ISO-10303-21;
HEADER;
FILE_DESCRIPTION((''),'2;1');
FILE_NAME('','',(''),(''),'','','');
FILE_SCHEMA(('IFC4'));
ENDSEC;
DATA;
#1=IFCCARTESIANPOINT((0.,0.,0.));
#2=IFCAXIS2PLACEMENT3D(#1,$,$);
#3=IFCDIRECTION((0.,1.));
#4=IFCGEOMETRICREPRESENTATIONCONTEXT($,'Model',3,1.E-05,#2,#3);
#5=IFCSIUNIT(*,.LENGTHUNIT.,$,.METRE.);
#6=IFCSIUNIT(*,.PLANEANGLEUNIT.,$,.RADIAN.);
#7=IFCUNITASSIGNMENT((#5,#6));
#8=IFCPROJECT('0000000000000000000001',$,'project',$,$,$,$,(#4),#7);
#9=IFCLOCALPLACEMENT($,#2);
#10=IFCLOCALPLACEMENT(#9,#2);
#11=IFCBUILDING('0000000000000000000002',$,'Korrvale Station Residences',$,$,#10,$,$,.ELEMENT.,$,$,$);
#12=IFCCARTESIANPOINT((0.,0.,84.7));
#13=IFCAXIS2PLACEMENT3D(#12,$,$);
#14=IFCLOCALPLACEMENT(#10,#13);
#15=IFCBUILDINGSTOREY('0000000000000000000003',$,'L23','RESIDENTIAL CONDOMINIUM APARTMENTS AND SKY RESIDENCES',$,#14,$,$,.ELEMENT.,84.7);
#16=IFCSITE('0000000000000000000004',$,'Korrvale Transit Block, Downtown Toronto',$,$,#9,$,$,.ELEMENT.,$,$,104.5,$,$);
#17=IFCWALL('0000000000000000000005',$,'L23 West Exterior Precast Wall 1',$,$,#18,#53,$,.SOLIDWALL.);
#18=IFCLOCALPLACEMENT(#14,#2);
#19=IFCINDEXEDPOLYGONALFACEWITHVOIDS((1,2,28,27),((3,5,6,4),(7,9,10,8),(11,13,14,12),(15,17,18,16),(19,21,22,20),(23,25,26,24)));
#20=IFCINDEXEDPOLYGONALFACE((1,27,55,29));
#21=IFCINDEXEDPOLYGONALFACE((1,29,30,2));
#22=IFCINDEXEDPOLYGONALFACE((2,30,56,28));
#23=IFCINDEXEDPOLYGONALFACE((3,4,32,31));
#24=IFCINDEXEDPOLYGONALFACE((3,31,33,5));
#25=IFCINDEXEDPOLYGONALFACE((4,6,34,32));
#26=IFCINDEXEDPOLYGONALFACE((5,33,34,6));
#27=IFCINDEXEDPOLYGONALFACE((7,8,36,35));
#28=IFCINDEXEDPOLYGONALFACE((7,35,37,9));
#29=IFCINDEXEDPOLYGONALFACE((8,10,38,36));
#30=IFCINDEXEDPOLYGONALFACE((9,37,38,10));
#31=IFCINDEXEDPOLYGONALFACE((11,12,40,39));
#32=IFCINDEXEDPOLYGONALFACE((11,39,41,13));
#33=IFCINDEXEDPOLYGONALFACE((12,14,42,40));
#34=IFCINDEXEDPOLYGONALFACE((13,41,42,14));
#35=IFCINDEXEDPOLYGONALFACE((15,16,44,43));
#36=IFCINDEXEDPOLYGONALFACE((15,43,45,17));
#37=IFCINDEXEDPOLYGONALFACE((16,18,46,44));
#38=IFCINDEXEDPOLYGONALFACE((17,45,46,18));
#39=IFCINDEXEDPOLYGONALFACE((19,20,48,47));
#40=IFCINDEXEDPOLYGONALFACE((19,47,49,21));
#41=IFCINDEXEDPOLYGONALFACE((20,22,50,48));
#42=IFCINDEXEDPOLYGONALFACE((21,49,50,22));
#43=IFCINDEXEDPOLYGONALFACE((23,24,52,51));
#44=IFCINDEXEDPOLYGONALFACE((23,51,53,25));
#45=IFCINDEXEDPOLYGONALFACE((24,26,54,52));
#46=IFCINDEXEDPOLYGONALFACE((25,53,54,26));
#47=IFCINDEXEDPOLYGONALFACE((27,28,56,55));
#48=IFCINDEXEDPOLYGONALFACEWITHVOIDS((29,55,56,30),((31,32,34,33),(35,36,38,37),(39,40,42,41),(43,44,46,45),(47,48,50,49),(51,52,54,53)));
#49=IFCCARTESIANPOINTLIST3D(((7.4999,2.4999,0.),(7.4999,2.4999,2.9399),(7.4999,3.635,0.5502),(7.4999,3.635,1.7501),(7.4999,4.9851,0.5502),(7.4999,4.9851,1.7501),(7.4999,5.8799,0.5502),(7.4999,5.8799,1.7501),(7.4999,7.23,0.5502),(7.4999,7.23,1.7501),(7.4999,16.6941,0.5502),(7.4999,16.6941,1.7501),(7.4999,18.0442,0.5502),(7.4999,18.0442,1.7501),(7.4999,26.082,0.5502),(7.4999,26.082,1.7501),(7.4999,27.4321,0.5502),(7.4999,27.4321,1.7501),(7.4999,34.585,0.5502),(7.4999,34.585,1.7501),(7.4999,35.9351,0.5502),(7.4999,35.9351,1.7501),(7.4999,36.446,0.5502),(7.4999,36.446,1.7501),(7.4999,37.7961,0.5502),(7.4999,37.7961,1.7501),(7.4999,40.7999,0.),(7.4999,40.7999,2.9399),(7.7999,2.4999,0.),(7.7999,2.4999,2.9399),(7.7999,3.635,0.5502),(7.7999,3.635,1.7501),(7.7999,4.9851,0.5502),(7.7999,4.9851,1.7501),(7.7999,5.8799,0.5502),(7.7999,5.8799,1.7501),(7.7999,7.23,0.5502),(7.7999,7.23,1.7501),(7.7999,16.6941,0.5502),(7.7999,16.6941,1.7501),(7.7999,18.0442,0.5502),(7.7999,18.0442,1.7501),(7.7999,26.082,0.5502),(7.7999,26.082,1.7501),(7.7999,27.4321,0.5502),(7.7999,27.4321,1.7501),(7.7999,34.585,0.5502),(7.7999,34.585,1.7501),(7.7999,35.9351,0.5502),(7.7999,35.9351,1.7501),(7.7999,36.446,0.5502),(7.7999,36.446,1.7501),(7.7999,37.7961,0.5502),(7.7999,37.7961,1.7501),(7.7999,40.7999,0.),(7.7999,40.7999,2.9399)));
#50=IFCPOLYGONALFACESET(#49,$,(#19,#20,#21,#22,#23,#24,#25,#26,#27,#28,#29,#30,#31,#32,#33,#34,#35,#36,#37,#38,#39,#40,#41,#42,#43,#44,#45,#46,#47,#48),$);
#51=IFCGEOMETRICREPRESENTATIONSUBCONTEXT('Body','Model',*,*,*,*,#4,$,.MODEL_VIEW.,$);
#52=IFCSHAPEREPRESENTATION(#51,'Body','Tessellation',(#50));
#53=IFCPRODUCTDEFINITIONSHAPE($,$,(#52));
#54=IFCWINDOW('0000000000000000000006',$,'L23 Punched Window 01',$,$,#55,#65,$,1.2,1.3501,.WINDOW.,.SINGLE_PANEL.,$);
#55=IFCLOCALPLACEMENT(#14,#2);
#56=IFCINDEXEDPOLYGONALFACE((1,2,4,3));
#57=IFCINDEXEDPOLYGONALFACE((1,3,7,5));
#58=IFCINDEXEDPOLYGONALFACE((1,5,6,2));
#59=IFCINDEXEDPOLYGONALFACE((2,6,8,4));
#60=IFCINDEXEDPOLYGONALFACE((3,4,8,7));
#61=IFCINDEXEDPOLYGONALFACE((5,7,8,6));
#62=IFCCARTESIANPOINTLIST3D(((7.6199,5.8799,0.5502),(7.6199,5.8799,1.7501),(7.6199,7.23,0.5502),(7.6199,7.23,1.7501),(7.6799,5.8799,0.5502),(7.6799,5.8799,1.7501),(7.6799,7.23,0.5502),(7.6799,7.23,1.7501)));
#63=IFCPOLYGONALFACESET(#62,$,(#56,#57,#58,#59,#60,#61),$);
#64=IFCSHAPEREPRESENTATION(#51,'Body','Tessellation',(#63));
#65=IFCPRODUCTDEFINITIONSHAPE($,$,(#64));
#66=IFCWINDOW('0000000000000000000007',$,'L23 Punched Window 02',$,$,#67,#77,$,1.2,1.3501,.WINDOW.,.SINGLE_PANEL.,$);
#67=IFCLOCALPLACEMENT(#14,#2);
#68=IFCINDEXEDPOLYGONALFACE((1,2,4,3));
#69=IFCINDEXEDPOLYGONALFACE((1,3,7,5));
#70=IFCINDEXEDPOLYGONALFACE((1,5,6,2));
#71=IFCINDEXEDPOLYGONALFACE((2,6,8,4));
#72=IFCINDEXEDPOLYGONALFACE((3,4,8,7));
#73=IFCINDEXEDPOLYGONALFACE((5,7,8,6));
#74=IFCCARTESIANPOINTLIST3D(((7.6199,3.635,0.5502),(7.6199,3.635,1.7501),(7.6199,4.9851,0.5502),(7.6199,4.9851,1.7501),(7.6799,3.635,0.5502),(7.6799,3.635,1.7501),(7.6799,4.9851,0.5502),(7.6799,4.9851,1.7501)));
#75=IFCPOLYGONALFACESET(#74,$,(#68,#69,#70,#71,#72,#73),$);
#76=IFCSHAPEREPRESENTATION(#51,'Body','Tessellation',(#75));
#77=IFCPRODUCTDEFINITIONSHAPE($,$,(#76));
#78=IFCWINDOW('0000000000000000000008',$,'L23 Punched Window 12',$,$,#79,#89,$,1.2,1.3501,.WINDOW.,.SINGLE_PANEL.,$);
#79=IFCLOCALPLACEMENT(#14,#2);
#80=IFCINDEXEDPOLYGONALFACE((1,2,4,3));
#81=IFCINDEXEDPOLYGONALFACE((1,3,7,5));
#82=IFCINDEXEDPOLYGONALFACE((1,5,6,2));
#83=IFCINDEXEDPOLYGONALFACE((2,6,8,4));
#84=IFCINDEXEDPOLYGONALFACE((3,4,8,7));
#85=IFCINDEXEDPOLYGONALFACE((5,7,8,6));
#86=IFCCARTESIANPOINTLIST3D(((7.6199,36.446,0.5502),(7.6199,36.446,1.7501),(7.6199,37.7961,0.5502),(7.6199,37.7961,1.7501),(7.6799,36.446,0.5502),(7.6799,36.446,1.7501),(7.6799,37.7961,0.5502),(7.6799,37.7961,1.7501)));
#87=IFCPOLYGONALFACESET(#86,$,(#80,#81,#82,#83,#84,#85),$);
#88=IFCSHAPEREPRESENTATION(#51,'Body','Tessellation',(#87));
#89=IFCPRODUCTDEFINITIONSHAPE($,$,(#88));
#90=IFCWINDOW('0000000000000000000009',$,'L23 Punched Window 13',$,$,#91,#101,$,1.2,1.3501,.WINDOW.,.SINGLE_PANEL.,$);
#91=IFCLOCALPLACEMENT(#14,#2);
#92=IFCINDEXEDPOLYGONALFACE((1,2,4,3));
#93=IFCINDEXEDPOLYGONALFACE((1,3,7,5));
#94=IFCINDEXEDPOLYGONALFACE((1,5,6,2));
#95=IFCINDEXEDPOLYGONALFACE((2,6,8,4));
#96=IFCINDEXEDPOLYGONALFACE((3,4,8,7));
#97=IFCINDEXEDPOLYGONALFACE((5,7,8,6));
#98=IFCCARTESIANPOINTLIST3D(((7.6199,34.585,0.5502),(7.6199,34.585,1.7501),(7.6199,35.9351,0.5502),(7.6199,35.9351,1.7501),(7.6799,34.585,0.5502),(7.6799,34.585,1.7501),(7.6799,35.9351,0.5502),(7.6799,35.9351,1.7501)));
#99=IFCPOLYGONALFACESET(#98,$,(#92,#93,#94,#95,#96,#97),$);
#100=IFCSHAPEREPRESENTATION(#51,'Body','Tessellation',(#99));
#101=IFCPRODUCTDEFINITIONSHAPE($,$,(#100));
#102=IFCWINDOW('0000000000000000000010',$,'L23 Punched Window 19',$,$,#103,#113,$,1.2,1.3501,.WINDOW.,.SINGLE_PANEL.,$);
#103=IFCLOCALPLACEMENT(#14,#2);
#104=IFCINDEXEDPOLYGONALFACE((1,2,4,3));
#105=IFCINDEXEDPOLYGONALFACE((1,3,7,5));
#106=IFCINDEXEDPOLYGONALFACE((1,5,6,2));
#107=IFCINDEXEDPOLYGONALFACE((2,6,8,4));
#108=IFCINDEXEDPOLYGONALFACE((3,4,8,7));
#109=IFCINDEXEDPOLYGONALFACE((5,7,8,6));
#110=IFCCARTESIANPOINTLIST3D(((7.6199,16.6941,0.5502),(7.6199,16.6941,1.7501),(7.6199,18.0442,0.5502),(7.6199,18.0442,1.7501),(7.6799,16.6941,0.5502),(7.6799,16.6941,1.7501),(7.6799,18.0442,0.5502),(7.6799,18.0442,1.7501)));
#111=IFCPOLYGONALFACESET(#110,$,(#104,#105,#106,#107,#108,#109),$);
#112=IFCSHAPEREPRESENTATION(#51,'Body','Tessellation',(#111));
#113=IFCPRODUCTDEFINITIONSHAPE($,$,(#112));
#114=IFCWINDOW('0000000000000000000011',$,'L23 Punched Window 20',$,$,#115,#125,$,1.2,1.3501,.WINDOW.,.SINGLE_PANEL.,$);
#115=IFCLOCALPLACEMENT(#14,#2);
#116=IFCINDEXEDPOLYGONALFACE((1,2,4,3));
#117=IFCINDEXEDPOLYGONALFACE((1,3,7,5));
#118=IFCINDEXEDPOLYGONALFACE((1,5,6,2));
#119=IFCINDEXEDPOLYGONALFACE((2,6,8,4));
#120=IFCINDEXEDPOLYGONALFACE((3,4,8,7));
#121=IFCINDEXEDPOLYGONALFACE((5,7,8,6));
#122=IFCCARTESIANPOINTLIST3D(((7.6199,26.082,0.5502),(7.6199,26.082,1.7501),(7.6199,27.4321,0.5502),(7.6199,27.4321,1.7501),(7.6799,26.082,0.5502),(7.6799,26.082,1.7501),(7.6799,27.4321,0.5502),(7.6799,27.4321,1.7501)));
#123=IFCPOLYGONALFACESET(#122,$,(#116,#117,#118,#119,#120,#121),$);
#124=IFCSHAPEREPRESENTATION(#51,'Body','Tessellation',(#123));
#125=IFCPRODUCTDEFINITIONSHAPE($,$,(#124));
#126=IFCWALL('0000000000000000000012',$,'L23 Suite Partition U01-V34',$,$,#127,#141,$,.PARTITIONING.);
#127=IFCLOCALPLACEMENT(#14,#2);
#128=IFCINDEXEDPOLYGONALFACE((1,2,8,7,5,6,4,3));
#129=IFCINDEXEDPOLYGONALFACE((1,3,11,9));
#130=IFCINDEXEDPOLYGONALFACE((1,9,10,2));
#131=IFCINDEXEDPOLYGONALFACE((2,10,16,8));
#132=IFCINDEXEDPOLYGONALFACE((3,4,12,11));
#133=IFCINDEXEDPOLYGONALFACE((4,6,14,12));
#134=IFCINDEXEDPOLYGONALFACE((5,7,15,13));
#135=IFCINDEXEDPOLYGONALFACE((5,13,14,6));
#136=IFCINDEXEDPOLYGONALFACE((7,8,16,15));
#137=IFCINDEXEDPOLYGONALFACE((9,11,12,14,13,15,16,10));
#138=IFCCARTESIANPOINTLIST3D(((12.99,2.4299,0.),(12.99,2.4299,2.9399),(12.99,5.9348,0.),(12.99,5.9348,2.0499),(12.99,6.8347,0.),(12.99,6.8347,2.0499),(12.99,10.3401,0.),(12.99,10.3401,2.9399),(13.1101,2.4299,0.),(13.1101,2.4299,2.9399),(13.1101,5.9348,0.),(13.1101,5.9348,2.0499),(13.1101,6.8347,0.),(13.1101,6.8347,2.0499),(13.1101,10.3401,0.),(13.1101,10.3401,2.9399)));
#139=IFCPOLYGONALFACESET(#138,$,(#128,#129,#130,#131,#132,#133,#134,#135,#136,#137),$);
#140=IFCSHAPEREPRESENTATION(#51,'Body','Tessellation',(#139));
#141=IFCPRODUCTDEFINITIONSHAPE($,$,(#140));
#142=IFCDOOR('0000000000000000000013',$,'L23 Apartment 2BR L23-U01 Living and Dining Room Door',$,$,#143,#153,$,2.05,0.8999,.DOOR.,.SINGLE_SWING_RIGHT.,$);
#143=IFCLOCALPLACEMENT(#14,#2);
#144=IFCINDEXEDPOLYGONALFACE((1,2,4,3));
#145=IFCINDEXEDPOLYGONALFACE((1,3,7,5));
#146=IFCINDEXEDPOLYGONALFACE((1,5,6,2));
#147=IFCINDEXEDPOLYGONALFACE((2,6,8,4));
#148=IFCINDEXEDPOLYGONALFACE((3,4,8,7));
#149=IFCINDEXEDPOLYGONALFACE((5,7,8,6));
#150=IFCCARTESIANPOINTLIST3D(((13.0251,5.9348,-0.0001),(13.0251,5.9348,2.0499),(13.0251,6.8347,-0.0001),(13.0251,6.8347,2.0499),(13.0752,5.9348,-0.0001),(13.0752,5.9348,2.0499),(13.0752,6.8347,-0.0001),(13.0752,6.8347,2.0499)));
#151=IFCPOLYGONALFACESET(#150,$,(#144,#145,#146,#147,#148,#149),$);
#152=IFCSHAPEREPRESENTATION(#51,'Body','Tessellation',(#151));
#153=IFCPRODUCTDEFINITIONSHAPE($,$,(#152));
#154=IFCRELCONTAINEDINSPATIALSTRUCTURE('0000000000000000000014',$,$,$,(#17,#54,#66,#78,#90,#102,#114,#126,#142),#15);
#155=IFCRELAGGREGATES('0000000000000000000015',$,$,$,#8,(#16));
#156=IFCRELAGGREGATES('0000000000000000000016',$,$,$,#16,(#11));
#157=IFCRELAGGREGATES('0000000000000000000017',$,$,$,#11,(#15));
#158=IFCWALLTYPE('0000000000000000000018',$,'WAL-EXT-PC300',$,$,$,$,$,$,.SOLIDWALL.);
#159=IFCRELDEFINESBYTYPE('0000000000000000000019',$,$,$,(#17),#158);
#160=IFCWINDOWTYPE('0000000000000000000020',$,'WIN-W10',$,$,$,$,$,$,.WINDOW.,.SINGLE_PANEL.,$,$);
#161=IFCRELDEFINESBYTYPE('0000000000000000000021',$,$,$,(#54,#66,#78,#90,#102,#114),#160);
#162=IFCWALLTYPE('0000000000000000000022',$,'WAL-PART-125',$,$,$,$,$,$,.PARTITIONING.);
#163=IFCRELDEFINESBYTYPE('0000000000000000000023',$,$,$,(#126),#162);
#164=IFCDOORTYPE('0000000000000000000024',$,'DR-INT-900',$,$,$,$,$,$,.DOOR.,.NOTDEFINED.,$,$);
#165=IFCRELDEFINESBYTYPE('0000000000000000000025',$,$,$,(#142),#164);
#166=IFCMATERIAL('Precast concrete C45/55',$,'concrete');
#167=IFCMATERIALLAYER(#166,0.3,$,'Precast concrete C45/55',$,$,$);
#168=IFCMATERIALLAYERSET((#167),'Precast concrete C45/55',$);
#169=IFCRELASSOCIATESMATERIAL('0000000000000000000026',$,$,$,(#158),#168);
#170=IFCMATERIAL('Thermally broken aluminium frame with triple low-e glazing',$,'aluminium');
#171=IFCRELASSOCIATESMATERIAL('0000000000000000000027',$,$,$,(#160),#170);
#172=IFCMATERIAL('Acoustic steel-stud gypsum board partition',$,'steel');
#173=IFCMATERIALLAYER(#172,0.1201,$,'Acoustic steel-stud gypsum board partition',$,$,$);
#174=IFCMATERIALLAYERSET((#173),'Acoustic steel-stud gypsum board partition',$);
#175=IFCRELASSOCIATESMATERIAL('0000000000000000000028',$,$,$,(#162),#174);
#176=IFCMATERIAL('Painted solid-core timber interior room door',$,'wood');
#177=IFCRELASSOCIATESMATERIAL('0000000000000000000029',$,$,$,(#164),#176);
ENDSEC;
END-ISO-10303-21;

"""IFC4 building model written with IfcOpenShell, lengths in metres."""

from ifc_helpers import new_model, si_unit, direction, frame, frame_2d, origin, place, context, subcontext, project, spatial, rectangle, extrude, material, layer, layer_set, type_object, element, fill, save


model = new_model("IFC4")

# Units and contexts
model_context = context("Model", 3, precision=1e-05, world=origin(), true_north=direction((0.0, 1.0)))
body_context = subcontext(model_context, "Body", "Model", "MODEL_VIEW")
ifc_project = project(units=[si_unit("LENGTHUNIT", "METRE"), si_unit("PLANEANGLEUNIT", "RADIAN")], contexts=[model_context])

# Site, building, storey
site_placement = place(None, origin())
site = spatial("IfcSite", under=ifc_project, at=site_placement, Name="Korrvale Transit Block, Downtown Toronto", CompositionType="ELEMENT", RefElevation=104.5)
building_placement = place(site_placement, origin())
building = spatial("IfcBuilding", under=site, at=building_placement, Name="Korrvale Station Residences", CompositionType="ELEMENT")
storey_placement = place(building_placement, frame((0.0, 0.0, 84.7)))
storey = spatial("IfcBuildingStorey", under=building, at=storey_placement, Name="L23", Description="RESIDENTIAL CONDOMINIUM APARTMENTS AND SKY RESIDENCES", CompositionType="ELEMENT", Elevation=84.7)

# Shared definitions
ifc_material_1 = material(Name="Precast concrete C45/55", Category="concrete")
ifc_layer_1 = layer(ifc_material_1, 0.3, Name="Precast concrete C45/55")
ifc_layer_set_1 = layer_set([ifc_layer_1], Name="Precast concrete C45/55")
wall_type_1 = type_object("IfcWallType", Name="WAL-EXT-PC300", PredefinedType="SOLIDWALL", material=ifc_layer_set_1)

# Wall, openings, windows
wall_1_placement = place(storey_placement, frame((7.6499, 2.5, 0.0), z_axis=(0.0, 0.0, 1.0), x_axis=(0.0, 1.0, 0.0)))
wall_1 = element("IfcWall", 1, at=wall_1_placement, inside=storey, type_object=wall_type_1, Name="L23 West Exterior Precast Wall 1", PredefinedType="SOLIDWALL", context=body_context, shape_type="SweptSolid", body=[
    extrude(rectangle(XDim=38.3, YDim=0.3, at=frame_2d((19.1499, 0.0))), origin(), (0.0, 0.0, 1.0), 2.9399),
])
opening_1_placement = place(wall_1_placement, frame((3.3799, 0.0, 0.55)))
opening_1 = element("IfcOpeningElement", 2, at=opening_1_placement, cuts=wall_1, PredefinedType="OPENING", context=body_context, shape_type="SweptSolid", body=[
    extrude(rectangle(XDim=1.3501, YDim=1.2, at=frame_2d((0.675, 0.6001))), frame((0.0, 0.1602, 0.0), z_axis=(0.0, -1.0, 0.0), x_axis=(1.0, 0.0, 0.0)), (0.0, 0.0, 1.0), 0.3201),
])
opening_2_placement = place(wall_1_placement, frame((1.135, 0.0, 0.55)))
opening_2 = element("IfcOpeningElement", 3, at=opening_2_placement, cuts=wall_1, PredefinedType="OPENING", context=body_context, shape_type="SweptSolid", body=[
    extrude(rectangle(XDim=1.3501, YDim=1.2, at=frame_2d((0.675, 0.6001))), frame((0.0, 0.1602, 0.0), z_axis=(0.0, -1.0, 0.0), x_axis=(1.0, 0.0, 0.0)), (0.0, 0.0, 1.0), 0.3201),
])
opening_3_placement = place(wall_1_placement, frame((33.946, 0.0, 0.55)))
opening_3 = element("IfcOpeningElement", 4, at=opening_3_placement, cuts=wall_1, PredefinedType="OPENING", context=body_context, shape_type="SweptSolid", body=[
    extrude(rectangle(XDim=1.3501, YDim=1.2, at=frame_2d((0.675, 0.6001))), frame((0.0, 0.1602, 0.0), z_axis=(0.0, -1.0, 0.0), x_axis=(1.0, 0.0, 0.0)), (0.0, 0.0, 1.0), 0.3201),
])
opening_4_placement = place(wall_1_placement, frame((32.085, 0.0, 0.55)))
opening_4 = element("IfcOpeningElement", 5, at=opening_4_placement, cuts=wall_1, PredefinedType="OPENING", context=body_context, shape_type="SweptSolid", body=[
    extrude(rectangle(XDim=1.3501, YDim=1.2, at=frame_2d((0.675, 0.6001))), frame((0.0, 0.1602, 0.0), z_axis=(0.0, -1.0, 0.0), x_axis=(1.0, 0.0, 0.0)), (0.0, 0.0, 1.0), 0.3201),
])
opening_5_placement = place(wall_1_placement, frame((14.1941, 0.0, 0.55)))
opening_5 = element("IfcOpeningElement", 6, at=opening_5_placement, cuts=wall_1, PredefinedType="OPENING", context=body_context, shape_type="SweptSolid", body=[
    extrude(rectangle(XDim=1.3501, YDim=1.2, at=frame_2d((0.675, 0.6001))), frame((0.0, 0.1602, 0.0), z_axis=(0.0, -1.0, 0.0), x_axis=(1.0, 0.0, 0.0)), (0.0, 0.0, 1.0), 0.3201),
])
opening_6_placement = place(wall_1_placement, frame((23.582, 0.0, 0.55)))
opening_6 = element("IfcOpeningElement", 7, at=opening_6_placement, cuts=wall_1, PredefinedType="OPENING", context=body_context, shape_type="SweptSolid", body=[
    extrude(rectangle(XDim=1.3501, YDim=1.2, at=frame_2d((0.675, 0.6001))), frame((0.0, 0.1602, 0.0), z_axis=(0.0, -1.0, 0.0), x_axis=(1.0, 0.0, 0.0)), (0.0, 0.0, 1.0), 0.3201),
])
ifc_material_2 = material(Name="Thermally broken aluminium frame with triple low-e glazing", Category="aluminium")
window_type = type_object("IfcWindowType", Name="WIN-W10", PartitioningType="SINGLE_PANEL", PredefinedType="WINDOW", material=ifc_material_2)
window_1_placement = place(opening_1_placement, origin())
window_1 = element("IfcWindow", 8, at=window_1_placement, inside=storey, type_object=window_type, Name="L23 Punched Window 01", OverallHeight=1.2, OverallWidth=1.3501, PartitioningType="SINGLE_PANEL", PredefinedType="WINDOW", context=body_context, shape_type="SweptSolid", body=[
    extrude(rectangle(XDim=1.3501, YDim=1.2, at=frame_2d((0.675, 0.6001))), frame((0.0, 0.03, 0.0), z_axis=(0.0, -1.0, 0.0), x_axis=(1.0, 0.0, 0.0)), (0.0, 0.0, 1.0), 0.0601),
])
fill(opening_1, window_1)
window_2_placement = place(opening_2_placement, origin())
window_2 = element("IfcWindow", 9, at=window_2_placement, inside=storey, type_object=window_type, Name="L23 Punched Window 02", OverallHeight=1.2, OverallWidth=1.3501, PartitioningType="SINGLE_PANEL", PredefinedType="WINDOW", context=body_context, shape_type="SweptSolid", body=[
    extrude(rectangle(XDim=1.3501, YDim=1.2, at=frame_2d((0.675, 0.6001))), frame((0.0, 0.03, 0.0), z_axis=(0.0, -1.0, 0.0), x_axis=(1.0, 0.0, 0.0)), (0.0, 0.0, 1.0), 0.0601),
])
fill(opening_2, window_2)
window_3_placement = place(opening_3_placement, origin())
window_3 = element("IfcWindow", 10, at=window_3_placement, inside=storey, type_object=window_type, Name="L23 Punched Window 12", OverallHeight=1.2, OverallWidth=1.3501, PartitioningType="SINGLE_PANEL", PredefinedType="WINDOW", context=body_context, shape_type="SweptSolid", body=[
    extrude(rectangle(XDim=1.3501, YDim=1.2, at=frame_2d((0.675, 0.6001))), frame((0.0, 0.03, 0.0), z_axis=(0.0, -1.0, 0.0), x_axis=(1.0, 0.0, 0.0)), (0.0, 0.0, 1.0), 0.0601),
])
fill(opening_3, window_3)
window_4_placement = place(opening_4_placement, origin())
window_4 = element("IfcWindow", 11, at=window_4_placement, inside=storey, type_object=window_type, Name="L23 Punched Window 13", OverallHeight=1.2, OverallWidth=1.3501, PartitioningType="SINGLE_PANEL", PredefinedType="WINDOW", context=body_context, shape_type="SweptSolid", body=[
    extrude(rectangle(XDim=1.3501, YDim=1.2, at=frame_2d((0.675, 0.6001))), frame((0.0, 0.03, 0.0), z_axis=(0.0, -1.0, 0.0), x_axis=(1.0, 0.0, 0.0)), (0.0, 0.0, 1.0), 0.0601),
])
fill(opening_4, window_4)
window_5_placement = place(opening_5_placement, origin())
window_5 = element("IfcWindow", 12, at=window_5_placement, inside=storey, type_object=window_type, Name="L23 Punched Window 19", OverallHeight=1.2, OverallWidth=1.3501, PartitioningType="SINGLE_PANEL", PredefinedType="WINDOW", context=body_context, shape_type="SweptSolid", body=[
    extrude(rectangle(XDim=1.3501, YDim=1.2, at=frame_2d((0.675, 0.6001))), frame((0.0, 0.03, 0.0), z_axis=(0.0, -1.0, 0.0), x_axis=(1.0, 0.0, 0.0)), (0.0, 0.0, 1.0), 0.0601),
])
fill(opening_5, window_5)
window_6_placement = place(opening_6_placement, origin())
window_6 = element("IfcWindow", 13, at=window_6_placement, inside=storey, type_object=window_type, Name="L23 Punched Window 20", OverallHeight=1.2, OverallWidth=1.3501, PartitioningType="SINGLE_PANEL", PredefinedType="WINDOW", context=body_context, shape_type="SweptSolid", body=[
    extrude(rectangle(XDim=1.3501, YDim=1.2, at=frame_2d((0.675, 0.6001))), frame((0.0, 0.03, 0.0), z_axis=(0.0, -1.0, 0.0), x_axis=(1.0, 0.0, 0.0)), (0.0, 0.0, 1.0), 0.0601),
])
fill(opening_6, window_6)

# Wall, opening, door
ifc_material_3 = material(Name="Acoustic steel-stud gypsum board partition", Category="steel")
ifc_layer_2 = layer(ifc_material_3, 0.1201, Name="Acoustic steel-stud gypsum board partition")
ifc_layer_set_2 = layer_set([ifc_layer_2], Name="Acoustic steel-stud gypsum board partition")
wall_type_2 = type_object("IfcWallType", Name="WAL-PART-125", PredefinedType="PARTITIONING", material=ifc_layer_set_2)
wall_2_placement = place(storey_placement, frame((13.05, 2.4299, 0.0), z_axis=(0.0, 0.0, 1.0), x_axis=(0.0, 1.0, 0.0)))
wall_2 = element("IfcWall", 14, at=wall_2_placement, inside=storey, type_object=wall_type_2, Name="L23 Suite Partition U01-V34", PredefinedType="PARTITIONING", context=body_context, shape_type="SweptSolid", body=[
    extrude(rectangle(XDim=7.9102, YDim=0.1201, at=frame_2d((3.9551, 0.0))), origin(), (0.0, 0.0, 1.0), 2.9399),
])
opening_7_placement = place(wall_2_placement, frame((3.5049, 0.0, 0.0)))
opening_7 = element("IfcOpeningElement", 15, at=opening_7_placement, cuts=wall_2, PredefinedType="OPENING", context=body_context, shape_type="SweptSolid", body=[
    extrude(rectangle(XDim=0.8999, YDim=2.05, at=frame_2d((0.45, 1.0249))), frame((0.0, 0.0701, 0.0), z_axis=(0.0, -1.0, 0.0), x_axis=(1.0, 0.0, 0.0)), (0.0, 0.0, 1.0), 0.1401),
])
ifc_material_4 = material(Name="Painted solid-core timber interior room door", Category="wood")
door_type = type_object("IfcDoorType", Name="DR-INT-900", OperationType="NOTDEFINED", PredefinedType="DOOR", material=ifc_material_4)
door_placement = place(opening_7_placement, origin())
door = element("IfcDoor", 16, at=door_placement, inside=storey, type_object=door_type, Name="L23 Apartment 2BR L23-U01 Living and Dining Room Door", OperationType="SINGLE_SWING_RIGHT", OverallHeight=2.05, OverallWidth=0.8999, PredefinedType="DOOR", context=body_context, shape_type="SweptSolid", body=[
    extrude(rectangle(XDim=0.8999, YDim=2.05, at=frame_2d((0.45, 1.0249))), frame((0.0, 0.0249, 0.0), z_axis=(0.0, -1.0, 0.0), x_axis=(1.0, 0.0, 0.0)), (0.0, 0.0, 1.0), 0.05),
])
fill(opening_7, door)

save(model, "model.ifc")
